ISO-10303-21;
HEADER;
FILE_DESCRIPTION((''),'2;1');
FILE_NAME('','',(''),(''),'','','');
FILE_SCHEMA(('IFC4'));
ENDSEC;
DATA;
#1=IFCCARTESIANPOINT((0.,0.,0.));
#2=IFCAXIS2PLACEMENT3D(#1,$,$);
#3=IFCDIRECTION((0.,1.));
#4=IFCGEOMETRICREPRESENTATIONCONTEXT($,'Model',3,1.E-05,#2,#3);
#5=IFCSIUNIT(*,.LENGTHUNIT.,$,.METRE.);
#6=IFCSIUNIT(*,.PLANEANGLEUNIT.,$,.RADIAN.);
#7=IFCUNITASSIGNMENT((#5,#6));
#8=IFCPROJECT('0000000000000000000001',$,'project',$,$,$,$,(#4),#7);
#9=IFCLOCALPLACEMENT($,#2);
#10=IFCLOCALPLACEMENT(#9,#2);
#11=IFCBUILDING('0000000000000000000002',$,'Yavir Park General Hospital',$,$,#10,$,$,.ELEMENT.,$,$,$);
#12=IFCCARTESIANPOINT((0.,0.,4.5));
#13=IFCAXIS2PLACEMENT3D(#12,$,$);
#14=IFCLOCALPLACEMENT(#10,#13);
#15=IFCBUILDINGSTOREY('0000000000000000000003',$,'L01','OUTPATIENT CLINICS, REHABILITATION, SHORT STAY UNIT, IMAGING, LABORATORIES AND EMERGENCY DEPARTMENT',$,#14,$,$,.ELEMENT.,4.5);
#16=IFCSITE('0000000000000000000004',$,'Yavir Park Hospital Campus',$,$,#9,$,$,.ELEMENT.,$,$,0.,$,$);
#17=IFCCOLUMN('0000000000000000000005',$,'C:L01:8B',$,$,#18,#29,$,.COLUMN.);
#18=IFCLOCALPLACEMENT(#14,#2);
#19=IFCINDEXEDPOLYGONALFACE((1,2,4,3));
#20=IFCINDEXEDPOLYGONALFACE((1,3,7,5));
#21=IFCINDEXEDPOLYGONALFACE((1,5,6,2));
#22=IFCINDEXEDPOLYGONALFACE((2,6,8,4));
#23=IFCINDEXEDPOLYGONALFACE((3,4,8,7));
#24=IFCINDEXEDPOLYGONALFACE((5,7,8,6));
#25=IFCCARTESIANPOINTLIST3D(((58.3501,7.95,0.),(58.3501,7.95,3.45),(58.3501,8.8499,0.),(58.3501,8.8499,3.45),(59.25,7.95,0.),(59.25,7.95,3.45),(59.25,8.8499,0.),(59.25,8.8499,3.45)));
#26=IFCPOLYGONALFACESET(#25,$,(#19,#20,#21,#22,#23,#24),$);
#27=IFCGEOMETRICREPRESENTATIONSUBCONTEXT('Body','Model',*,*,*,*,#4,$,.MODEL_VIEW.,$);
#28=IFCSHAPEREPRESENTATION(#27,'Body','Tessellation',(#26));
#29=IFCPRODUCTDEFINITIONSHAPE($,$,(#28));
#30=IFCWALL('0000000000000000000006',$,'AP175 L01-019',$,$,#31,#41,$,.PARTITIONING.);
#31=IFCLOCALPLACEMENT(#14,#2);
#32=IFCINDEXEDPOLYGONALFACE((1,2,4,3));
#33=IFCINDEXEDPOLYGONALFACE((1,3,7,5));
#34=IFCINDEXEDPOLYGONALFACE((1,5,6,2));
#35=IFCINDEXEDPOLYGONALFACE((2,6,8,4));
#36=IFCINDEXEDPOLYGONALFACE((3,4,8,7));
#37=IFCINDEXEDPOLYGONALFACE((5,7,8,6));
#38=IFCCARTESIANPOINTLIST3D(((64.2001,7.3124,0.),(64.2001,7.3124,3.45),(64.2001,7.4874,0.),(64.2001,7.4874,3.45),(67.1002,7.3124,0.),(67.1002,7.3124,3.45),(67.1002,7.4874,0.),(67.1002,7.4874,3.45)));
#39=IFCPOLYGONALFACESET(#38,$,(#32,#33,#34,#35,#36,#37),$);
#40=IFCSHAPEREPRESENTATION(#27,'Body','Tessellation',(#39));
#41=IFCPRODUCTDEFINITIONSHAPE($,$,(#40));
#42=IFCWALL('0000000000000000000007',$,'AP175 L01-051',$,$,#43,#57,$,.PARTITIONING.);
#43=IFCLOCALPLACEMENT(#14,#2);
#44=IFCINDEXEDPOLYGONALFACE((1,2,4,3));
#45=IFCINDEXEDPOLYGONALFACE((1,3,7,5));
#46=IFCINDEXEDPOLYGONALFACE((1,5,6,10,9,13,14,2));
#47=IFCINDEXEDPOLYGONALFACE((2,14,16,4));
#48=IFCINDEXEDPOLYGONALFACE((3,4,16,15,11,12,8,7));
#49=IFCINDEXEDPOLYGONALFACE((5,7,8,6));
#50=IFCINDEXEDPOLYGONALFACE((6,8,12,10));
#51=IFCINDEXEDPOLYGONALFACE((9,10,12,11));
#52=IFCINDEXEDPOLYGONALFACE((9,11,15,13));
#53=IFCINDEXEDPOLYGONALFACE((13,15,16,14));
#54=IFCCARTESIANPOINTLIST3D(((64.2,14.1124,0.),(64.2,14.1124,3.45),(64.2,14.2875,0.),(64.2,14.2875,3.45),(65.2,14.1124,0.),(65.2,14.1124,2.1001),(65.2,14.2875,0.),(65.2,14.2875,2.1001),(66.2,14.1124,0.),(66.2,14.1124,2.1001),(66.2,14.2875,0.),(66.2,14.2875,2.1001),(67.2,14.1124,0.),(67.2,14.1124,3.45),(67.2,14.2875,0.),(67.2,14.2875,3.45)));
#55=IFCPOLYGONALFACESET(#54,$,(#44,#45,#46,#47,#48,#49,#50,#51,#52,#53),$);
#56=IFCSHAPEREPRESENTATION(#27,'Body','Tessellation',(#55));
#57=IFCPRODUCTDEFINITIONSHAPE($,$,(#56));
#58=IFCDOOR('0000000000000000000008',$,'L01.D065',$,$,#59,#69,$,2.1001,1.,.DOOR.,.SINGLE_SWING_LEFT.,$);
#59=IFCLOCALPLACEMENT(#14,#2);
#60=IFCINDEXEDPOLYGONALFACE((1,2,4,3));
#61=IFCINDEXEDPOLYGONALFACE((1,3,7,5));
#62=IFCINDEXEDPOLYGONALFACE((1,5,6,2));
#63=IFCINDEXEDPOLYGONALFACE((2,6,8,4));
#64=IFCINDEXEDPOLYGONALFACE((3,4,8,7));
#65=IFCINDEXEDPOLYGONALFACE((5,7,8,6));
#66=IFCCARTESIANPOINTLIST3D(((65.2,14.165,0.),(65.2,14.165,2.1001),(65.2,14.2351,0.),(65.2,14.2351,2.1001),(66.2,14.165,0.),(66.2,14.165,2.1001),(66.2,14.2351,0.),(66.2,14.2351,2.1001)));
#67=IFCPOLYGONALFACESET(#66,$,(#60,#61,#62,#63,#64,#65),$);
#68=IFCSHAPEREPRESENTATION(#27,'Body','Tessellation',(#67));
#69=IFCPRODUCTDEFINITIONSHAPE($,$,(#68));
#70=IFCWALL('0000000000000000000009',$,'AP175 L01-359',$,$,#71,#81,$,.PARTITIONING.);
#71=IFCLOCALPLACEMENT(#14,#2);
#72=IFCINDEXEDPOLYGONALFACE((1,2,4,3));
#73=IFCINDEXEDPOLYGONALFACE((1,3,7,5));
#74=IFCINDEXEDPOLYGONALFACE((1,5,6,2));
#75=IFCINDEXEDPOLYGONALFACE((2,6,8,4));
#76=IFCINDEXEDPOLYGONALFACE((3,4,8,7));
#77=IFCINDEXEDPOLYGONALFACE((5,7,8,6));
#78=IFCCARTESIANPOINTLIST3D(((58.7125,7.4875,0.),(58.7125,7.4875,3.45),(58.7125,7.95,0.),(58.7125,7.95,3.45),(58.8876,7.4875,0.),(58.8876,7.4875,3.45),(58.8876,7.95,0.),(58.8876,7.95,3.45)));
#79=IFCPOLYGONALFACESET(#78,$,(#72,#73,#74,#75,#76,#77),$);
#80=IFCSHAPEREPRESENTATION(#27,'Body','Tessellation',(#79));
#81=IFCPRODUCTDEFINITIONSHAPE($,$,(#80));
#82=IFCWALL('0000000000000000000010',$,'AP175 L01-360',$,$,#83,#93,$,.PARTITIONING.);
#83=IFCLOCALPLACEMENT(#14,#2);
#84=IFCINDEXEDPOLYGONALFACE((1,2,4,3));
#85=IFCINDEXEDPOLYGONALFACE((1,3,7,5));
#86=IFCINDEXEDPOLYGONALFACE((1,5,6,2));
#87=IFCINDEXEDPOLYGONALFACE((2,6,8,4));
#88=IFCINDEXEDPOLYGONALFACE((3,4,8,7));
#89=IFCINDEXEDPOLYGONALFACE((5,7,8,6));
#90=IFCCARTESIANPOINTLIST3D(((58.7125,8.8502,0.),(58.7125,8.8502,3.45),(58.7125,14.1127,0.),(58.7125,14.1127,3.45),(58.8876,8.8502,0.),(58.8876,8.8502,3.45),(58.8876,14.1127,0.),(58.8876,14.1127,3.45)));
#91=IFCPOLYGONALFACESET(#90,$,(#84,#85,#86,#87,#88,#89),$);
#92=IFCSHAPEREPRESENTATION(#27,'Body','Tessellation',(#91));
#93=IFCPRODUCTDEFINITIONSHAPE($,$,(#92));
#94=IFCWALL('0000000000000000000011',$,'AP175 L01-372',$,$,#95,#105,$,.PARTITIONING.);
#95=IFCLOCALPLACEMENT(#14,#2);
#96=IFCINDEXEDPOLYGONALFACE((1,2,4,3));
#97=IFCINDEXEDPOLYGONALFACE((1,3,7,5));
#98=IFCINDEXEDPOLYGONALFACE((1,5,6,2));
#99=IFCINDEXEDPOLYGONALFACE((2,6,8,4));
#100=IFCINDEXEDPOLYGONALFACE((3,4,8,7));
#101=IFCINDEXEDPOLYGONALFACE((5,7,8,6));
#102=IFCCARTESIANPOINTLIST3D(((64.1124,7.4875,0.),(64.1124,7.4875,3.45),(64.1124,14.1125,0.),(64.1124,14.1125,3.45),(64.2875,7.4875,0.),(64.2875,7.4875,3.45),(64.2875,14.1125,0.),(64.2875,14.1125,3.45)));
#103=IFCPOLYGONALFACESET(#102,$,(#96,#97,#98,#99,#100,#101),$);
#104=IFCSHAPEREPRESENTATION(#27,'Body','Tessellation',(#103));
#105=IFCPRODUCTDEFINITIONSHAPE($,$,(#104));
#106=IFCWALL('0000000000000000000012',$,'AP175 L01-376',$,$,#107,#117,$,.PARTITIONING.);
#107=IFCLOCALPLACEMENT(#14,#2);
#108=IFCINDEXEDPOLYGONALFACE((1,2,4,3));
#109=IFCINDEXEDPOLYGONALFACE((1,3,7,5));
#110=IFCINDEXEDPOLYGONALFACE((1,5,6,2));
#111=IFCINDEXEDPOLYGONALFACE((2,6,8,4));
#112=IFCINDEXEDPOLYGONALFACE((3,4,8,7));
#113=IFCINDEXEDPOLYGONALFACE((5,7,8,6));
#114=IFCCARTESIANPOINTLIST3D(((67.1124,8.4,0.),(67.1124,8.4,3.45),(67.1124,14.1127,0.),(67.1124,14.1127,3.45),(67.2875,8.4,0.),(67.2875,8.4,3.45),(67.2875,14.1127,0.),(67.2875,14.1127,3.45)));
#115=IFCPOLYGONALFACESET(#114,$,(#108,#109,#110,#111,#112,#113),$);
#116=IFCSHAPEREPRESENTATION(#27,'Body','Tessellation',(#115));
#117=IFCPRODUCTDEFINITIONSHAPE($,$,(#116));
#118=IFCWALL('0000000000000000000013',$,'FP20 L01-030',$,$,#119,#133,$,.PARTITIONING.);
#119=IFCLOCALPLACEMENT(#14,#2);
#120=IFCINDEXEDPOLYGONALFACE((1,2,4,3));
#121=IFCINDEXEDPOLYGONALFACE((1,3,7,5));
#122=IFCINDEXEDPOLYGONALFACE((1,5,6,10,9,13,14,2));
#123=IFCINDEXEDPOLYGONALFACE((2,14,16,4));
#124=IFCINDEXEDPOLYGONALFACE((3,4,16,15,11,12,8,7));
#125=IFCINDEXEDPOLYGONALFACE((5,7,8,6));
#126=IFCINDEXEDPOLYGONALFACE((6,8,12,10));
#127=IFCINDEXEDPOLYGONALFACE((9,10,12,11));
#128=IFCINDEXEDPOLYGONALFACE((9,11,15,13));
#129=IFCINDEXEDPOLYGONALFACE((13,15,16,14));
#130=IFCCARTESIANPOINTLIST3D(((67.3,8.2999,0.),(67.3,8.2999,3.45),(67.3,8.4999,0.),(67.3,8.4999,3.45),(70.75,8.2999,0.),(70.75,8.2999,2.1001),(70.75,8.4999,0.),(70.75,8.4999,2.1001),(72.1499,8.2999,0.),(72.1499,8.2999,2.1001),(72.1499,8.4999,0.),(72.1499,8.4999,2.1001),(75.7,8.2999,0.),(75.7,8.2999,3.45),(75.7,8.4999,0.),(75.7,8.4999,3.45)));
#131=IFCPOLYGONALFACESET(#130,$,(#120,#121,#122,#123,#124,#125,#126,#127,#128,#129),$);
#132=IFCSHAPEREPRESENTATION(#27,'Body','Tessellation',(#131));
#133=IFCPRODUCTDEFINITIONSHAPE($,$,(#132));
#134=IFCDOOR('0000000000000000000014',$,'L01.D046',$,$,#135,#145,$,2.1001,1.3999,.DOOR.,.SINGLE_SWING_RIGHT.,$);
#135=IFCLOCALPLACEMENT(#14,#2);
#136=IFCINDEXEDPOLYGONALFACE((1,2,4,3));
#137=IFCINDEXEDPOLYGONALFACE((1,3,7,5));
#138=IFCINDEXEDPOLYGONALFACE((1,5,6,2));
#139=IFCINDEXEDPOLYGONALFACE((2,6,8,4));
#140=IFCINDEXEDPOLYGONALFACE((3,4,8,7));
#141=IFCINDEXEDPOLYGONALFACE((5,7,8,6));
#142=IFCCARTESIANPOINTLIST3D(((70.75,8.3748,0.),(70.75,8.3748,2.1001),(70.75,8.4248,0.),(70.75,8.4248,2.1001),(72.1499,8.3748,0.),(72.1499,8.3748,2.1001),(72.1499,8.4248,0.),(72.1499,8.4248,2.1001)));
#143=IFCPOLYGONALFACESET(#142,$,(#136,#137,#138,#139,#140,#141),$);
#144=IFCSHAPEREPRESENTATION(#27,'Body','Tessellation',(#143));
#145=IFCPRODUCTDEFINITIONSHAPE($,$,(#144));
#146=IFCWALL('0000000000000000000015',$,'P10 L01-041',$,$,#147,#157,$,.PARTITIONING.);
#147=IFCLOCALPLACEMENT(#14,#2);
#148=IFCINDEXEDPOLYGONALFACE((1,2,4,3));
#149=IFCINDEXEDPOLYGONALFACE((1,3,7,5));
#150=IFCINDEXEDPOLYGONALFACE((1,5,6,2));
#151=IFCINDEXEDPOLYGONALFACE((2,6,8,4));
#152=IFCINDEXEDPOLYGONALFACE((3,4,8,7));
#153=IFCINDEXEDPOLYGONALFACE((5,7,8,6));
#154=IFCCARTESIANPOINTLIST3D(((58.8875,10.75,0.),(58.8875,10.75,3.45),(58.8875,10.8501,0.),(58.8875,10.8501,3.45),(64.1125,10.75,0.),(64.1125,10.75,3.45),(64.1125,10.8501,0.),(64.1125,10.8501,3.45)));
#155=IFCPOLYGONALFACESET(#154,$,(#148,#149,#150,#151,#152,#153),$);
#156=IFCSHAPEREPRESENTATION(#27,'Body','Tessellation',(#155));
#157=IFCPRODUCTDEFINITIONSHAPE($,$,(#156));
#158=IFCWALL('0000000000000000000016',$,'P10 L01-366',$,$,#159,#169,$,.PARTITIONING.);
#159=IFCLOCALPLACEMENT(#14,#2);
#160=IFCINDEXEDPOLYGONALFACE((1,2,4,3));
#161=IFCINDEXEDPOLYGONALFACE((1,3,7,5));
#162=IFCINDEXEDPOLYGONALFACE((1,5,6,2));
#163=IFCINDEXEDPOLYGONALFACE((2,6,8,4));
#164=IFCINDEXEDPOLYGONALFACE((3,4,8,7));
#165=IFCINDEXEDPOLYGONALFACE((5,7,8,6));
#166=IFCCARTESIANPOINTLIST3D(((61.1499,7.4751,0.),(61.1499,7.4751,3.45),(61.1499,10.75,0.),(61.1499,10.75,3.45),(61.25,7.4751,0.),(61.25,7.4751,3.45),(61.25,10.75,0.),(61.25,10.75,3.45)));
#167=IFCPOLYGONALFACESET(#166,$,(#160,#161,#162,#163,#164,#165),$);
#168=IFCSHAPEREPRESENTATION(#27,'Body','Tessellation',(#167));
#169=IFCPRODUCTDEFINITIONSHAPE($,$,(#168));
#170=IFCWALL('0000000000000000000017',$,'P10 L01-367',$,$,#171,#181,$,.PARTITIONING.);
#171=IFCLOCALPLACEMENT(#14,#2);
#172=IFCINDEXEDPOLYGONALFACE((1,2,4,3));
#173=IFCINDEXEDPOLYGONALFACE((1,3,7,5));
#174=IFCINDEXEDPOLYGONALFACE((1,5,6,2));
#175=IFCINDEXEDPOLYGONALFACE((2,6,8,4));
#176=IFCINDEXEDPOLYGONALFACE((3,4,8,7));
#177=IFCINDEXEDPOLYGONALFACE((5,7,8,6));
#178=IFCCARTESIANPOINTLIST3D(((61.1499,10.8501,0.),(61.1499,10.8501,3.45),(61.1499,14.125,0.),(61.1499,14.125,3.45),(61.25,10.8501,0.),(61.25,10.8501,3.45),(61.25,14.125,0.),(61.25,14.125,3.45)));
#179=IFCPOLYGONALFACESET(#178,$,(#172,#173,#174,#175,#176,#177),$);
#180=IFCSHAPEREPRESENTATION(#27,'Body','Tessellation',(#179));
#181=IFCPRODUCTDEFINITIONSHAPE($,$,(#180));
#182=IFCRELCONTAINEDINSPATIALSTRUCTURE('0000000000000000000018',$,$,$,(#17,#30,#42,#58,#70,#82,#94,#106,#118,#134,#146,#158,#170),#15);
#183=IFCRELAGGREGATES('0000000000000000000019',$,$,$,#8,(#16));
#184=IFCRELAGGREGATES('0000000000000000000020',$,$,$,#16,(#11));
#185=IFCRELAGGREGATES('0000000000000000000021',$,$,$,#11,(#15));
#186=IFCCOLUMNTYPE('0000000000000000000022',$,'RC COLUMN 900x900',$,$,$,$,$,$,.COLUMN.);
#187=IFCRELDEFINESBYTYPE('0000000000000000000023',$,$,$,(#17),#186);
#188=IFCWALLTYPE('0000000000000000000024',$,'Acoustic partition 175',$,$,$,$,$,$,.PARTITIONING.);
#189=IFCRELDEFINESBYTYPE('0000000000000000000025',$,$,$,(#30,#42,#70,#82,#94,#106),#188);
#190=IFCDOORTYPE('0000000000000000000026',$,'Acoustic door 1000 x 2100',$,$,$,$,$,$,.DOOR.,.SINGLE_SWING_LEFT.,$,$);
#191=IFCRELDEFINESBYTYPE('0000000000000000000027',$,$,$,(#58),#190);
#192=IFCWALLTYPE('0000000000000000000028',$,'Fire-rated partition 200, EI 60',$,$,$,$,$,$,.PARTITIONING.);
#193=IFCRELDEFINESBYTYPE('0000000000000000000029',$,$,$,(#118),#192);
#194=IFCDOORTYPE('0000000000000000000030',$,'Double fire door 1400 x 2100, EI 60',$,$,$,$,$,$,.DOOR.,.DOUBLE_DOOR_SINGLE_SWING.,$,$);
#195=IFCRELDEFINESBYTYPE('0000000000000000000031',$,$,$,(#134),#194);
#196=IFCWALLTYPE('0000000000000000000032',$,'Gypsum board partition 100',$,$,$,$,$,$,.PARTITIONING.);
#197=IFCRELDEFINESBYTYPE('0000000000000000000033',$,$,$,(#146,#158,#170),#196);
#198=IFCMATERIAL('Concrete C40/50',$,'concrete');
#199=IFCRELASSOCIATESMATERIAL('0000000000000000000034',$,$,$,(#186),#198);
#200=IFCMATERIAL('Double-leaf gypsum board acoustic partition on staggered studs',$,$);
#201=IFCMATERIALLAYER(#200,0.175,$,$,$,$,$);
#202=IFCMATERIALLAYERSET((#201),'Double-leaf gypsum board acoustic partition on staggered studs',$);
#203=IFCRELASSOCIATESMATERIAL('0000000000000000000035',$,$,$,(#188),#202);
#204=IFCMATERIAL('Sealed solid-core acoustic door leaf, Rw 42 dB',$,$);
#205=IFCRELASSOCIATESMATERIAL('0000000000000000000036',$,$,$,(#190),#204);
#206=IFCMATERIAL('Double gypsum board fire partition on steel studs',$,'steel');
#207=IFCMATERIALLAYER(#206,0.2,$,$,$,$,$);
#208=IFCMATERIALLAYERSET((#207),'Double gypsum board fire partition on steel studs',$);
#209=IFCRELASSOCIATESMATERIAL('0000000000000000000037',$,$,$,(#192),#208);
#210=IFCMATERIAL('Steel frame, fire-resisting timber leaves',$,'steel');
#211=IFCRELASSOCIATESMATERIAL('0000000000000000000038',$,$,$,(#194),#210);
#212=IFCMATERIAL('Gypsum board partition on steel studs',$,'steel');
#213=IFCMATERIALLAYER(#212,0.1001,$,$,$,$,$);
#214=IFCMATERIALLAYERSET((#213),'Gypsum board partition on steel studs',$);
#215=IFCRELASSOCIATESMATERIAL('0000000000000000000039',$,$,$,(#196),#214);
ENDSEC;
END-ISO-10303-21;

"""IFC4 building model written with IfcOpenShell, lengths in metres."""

from ifc_helpers import new_model, si_unit, direction, frame, frame_2d, origin, origin_2d, place, context, subcontext, project, spatial, rectangle, extrude, material, layer, layer_set, material_profile, profile_set, type_object, element, fill, save


model = new_model("IFC4")

# Units and contexts
model_context = context("Model", 3, precision=1e-05, world=origin(), true_north=direction((0.0, 1.0)))
body_context = subcontext(model_context, "Body", "Model", "MODEL_VIEW")
ifc_project = project(units=[si_unit("LENGTHUNIT", "METRE"), si_unit("PLANEANGLEUNIT", "RADIAN")], contexts=[model_context])

# Site, building, storey
site_placement = place(None, origin())
site = spatial("IfcSite", under=ifc_project, at=site_placement, Name="Yavir Park Hospital Campus", CompositionType="ELEMENT", RefElevation=0.0)
building_placement = place(site_placement, origin())
building = spatial("IfcBuilding", under=site, at=building_placement, Name="Yavir Park General Hospital", CompositionType="ELEMENT")
storey_placement = place(building_placement, frame((0.0, 0.0, 4.5)))
storey = spatial("IfcBuildingStorey", under=building, at=storey_placement, Name="L01", Description="OUTPATIENT CLINICS, REHABILITATION, SHORT STAY UNIT, IMAGING, LABORATORIES AND EMERGENCY DEPARTMENT", CompositionType="ELEMENT", Elevation=4.5)

# Column
ifc_material_1 = material(Name="Concrete C40/50", Category="concrete")
ifc_material_profile = material_profile(ifc_material_1, rectangle(XDim=0.8999, YDim=0.8999, at=origin_2d()), Name="RC900x900")
ifc_profile_set = profile_set([ifc_material_profile], Name="Concrete C40/50")
column_type = type_object("IfcColumnType", Name="RC COLUMN 900x900", PredefinedType="COLUMN", material=ifc_profile_set)
column_placement = place(storey_placement, frame((58.8, 8.3999, 0.0), z_axis=(0.0, 0.0, 1.0), x_axis=(1.0, 0.0, 0.0)))
element("IfcColumn", 1, at=column_placement, inside=storey, type_object=column_type, Name="C:L01:8B", PredefinedType="COLUMN", context=body_context, shape_type="SweptSolid", body=[
    extrude(rectangle(XDim=0.8999, YDim=0.8999, at=origin_2d()), origin(), (0.0, 0.0, 1.0), 3.45),
])

# Wall
ifc_material_2 = material(Name="Double-leaf gypsum board acoustic partition on staggered studs")
ifc_layer_1 = layer(ifc_material_2, 0.175)
ifc_layer_set_1 = layer_set([ifc_layer_1], Name="Double-leaf gypsum board acoustic partition on staggered studs")
wall_type_1 = type_object("IfcWallType", Name="Acoustic partition 175", PredefinedType="PARTITIONING", material=ifc_layer_set_1)
wall_1_placement = place(storey_placement, frame((64.2, 7.3999, 0.0), z_axis=(0.0, 0.0, 1.0), x_axis=(1.0, 0.0, 0.0)))
element("IfcWall", 2, at=wall_1_placement, inside=storey, type_object=wall_type_1, Name="AP175 L01-019", PredefinedType="PARTITIONING", context=body_context, shape_type="SweptSolid", body=[
    extrude(rectangle(XDim=2.9001, YDim=0.175, at=frame_2d((1.4502, 0.0))), origin(), (0.0, 0.0, 1.0), 3.45),
])

# Wall, opening, door
wall_2_placement = place(storey_placement, frame((64.2, 14.2, 0.0), z_axis=(0.0, 0.0, 1.0), x_axis=(1.0, 0.0, 0.0)))
wall_2 = element("IfcWall", 3, at=wall_2_placement, inside=storey, type_object=wall_type_1, Name="AP175 L01-051", PredefinedType="PARTITIONING", context=body_context, shape_type="SweptSolid", body=[
    extrude(rectangle(XDim=3.0, YDim=0.175, at=frame_2d((1.5, 0.0))), origin(), (0.0, 0.0, 1.0), 3.45),
])
opening_1_placement = place(wall_2_placement, frame((1.0, 0.0, 0.0)))
opening_1 = element("IfcOpeningElement", 4, at=opening_1_placement, cuts=wall_2, PredefinedType="OPENING", context=body_context, shape_type="SweptSolid", body=[
    extrude(rectangle(XDim=1.0, YDim=2.1001, at=frame_2d((0.5, 1.05))), frame((0.0, 0.0974, 0.0), z_axis=(0.0, -1.0, 0.0), x_axis=(1.0, 0.0, 0.0)), (0.0, 0.0, 1.0), 0.1951),
])
ifc_material_3 = material(Name="Sealed solid-core acoustic door leaf, Rw 42 dB")
door_type_1 = type_object("IfcDoorType", Name="Acoustic door 1000 x 2100", OperationType="SINGLE_SWING_LEFT", PredefinedType="DOOR", material=ifc_material_3)
door_1_placement = place(opening_1_placement, origin())
door_1 = element("IfcDoor", 5, at=door_1_placement, inside=storey, type_object=door_type_1, Name="L01.D065", OperationType="SINGLE_SWING_LEFT", OverallHeight=2.1001, OverallWidth=1.0, PredefinedType="DOOR", context=body_context, shape_type="SweptSolid", body=[
    extrude(rectangle(XDim=1.0, YDim=2.1001, at=frame_2d((0.5, 1.05))), frame((0.0, 0.0352, 0.0), z_axis=(0.0, -1.0, 0.0), x_axis=(1.0, 0.0, 0.0)), (0.0, 0.0, 1.0), 0.0701),
])
fill(opening_1, door_1)

# Walls
wall_3_placement = place(storey_placement, frame((58.8, 7.4875, 0.0), z_axis=(0.0, 0.0, 1.0), x_axis=(0.0, 1.0, 0.0)))
element("IfcWall", 6, at=wall_3_placement, inside=storey, type_object=wall_type_1, Name="AP175 L01-359", PredefinedType="PARTITIONING", context=body_context, shape_type="SweptSolid", body=[
    extrude(rectangle(XDim=0.4624, YDim=0.175, at=frame_2d((0.2312, 0.0))), origin(), (0.0, 0.0, 1.0), 3.45),
])
wall_4_placement = place(storey_placement, frame((58.8, 8.8501, 0.0), z_axis=(0.0, 0.0, 1.0), x_axis=(0.0, 1.0, 0.0)))
element("IfcWall", 7, at=wall_4_placement, inside=storey, type_object=wall_type_1, Name="AP175 L01-360", PredefinedType="PARTITIONING", context=body_context, shape_type="SweptSolid", body=[
    extrude(rectangle(XDim=5.2625, YDim=0.175, at=frame_2d((2.6313, 0.0))), origin(), (0.0, 0.0, 1.0), 3.45),
])
wall_5_placement = place(storey_placement, frame((64.2, 7.4875, 0.0), z_axis=(0.0, 0.0, 1.0), x_axis=(0.0, 1.0, 0.0)))
element("IfcWall", 8, at=wall_5_placement, inside=storey, type_object=wall_type_1, Name="AP175 L01-372", PredefinedType="PARTITIONING", context=body_context, shape_type="SweptSolid", body=[
    extrude(rectangle(XDim=6.625, YDim=0.175, at=frame_2d((3.3125, 0.0))), origin(), (0.0, 0.0, 1.0), 3.45),
])
wall_6_placement = place(storey_placement, frame((67.2, 8.3999, 0.0), z_axis=(0.0, 0.0, 1.0), x_axis=(0.0, 1.0, 0.0)))
element("IfcWall", 9, at=wall_6_placement, inside=storey, type_object=wall_type_1, Name="AP175 L01-376", PredefinedType="PARTITIONING", context=body_context, shape_type="SweptSolid", body=[
    extrude(rectangle(XDim=5.7126, YDim=0.175, at=frame_2d((2.8564, 0.0))), origin(), (0.0, 0.0, 1.0), 3.45),
])

# Wall, opening, door
ifc_material_4 = material(Name="Double gypsum board fire partition on steel studs", Category="steel")
ifc_layer_2 = layer(ifc_material_4, 0.2)
ifc_layer_set_2 = layer_set([ifc_layer_2], Name="Double gypsum board fire partition on steel studs")
wall_type_2 = type_object("IfcWallType", Name="Fire-rated partition 200, EI 60", PredefinedType="PARTITIONING", material=ifc_layer_set_2)
wall_7_placement = place(storey_placement, frame((67.3, 8.3999, 0.0), z_axis=(0.0, 0.0, 1.0), x_axis=(1.0, 0.0, 0.0)))
wall_7 = element("IfcWall", 10, at=wall_7_placement, inside=storey, type_object=wall_type_2, Name="FP20 L01-030", PredefinedType="PARTITIONING", context=body_context, shape_type="SweptSolid", body=[
    extrude(rectangle(XDim=8.3999, YDim=0.2, at=frame_2d((4.2, 0.0))), origin(), (0.0, 0.0, 1.0), 3.45),
])
opening_2_placement = place(wall_7_placement, frame((3.45, 0.0, 0.0)))
opening_2 = element("IfcOpeningElement", 11, at=opening_2_placement, cuts=wall_7, PredefinedType="OPENING", context=body_context, shape_type="SweptSolid", body=[
    extrude(rectangle(XDim=1.3999, YDim=2.1001, at=frame_2d((0.7, 1.05))), frame((0.0, 0.1099, 0.0), z_axis=(0.0, -1.0, 0.0), x_axis=(1.0, 0.0, 0.0)), (0.0, 0.0, 1.0), 0.22),
])
ifc_material_5 = material(Name="Steel frame, fire-resisting timber leaves", Category="steel")
door_type_2 = type_object("IfcDoorType", Name="Double fire door 1400 x 2100, EI 60", OperationType="DOUBLE_DOOR_SINGLE_SWING", PredefinedType="DOOR", material=ifc_material_5)
door_2_placement = place(opening_2_placement, origin())
door_2 = element("IfcDoor", 12, at=door_2_placement, inside=storey, type_object=door_type_2, Name="L01.D046", OperationType="SINGLE_SWING_RIGHT", OverallHeight=2.1001, OverallWidth=1.3999, PredefinedType="DOOR", context=body_context, shape_type="SweptSolid", body=[
    extrude(rectangle(XDim=1.3999, YDim=2.1001, at=frame_2d((0.7, 1.05))), frame((0.0, 0.0249, 0.0), z_axis=(0.0, -1.0, 0.0), x_axis=(1.0, 0.0, 0.0)), (0.0, 0.0, 1.0), 0.05),
])
fill(opening_2, door_2)

# Walls
ifc_material_6 = material(Name="Gypsum board partition on steel studs", Category="steel")
ifc_layer_3 = layer(ifc_material_6, 0.1001)
ifc_layer_set_3 = layer_set([ifc_layer_3], Name="Gypsum board partition on steel studs")
wall_type_3 = type_object("IfcWallType", Name="Gypsum board partition 100", PredefinedType="PARTITIONING", material=ifc_layer_set_3)
wall_8_placement = place(storey_placement, frame((58.8875, 10.8, 0.0), z_axis=(0.0, 0.0, 1.0), x_axis=(1.0, 0.0, 0.0)))
element("IfcWall", 13, at=wall_8_placement, inside=storey, type_object=wall_type_3, Name="P10 L01-041", PredefinedType="PARTITIONING", context=body_context, shape_type="SweptSolid", body=[
    extrude(rectangle(XDim=5.2251, YDim=0.1001, at=frame_2d((2.6125, 0.0))), origin(), (0.0, 0.0, 1.0), 3.45),
])
for number, where, z_axis, x_axis, name in (
    (14, (61.2, 7.4751, 0.0), (0.0, 0.0, 1.0), (0.0, 1.0, 0.0), "P10 L01-366"),
    (15, (61.2, 10.8501, 0.0), (0.0, 0.0, 1.0), (0.0, 1.0, 0.0), "P10 L01-367"),
):
    element("IfcWall", number, at=place(storey_placement, frame(where, z_axis=z_axis, x_axis=x_axis)), inside=storey, type_object=wall_type_3, Name=name, PredefinedType="PARTITIONING", context=body_context, shape_type="SweptSolid", body=[
        extrude(rectangle(XDim=3.2749, YDim=0.1001, at=frame_2d((1.6375, 0.0))), origin(), (0.0, 0.0, 1.0), 3.45),
    ])

save(model, "model.ifc")
